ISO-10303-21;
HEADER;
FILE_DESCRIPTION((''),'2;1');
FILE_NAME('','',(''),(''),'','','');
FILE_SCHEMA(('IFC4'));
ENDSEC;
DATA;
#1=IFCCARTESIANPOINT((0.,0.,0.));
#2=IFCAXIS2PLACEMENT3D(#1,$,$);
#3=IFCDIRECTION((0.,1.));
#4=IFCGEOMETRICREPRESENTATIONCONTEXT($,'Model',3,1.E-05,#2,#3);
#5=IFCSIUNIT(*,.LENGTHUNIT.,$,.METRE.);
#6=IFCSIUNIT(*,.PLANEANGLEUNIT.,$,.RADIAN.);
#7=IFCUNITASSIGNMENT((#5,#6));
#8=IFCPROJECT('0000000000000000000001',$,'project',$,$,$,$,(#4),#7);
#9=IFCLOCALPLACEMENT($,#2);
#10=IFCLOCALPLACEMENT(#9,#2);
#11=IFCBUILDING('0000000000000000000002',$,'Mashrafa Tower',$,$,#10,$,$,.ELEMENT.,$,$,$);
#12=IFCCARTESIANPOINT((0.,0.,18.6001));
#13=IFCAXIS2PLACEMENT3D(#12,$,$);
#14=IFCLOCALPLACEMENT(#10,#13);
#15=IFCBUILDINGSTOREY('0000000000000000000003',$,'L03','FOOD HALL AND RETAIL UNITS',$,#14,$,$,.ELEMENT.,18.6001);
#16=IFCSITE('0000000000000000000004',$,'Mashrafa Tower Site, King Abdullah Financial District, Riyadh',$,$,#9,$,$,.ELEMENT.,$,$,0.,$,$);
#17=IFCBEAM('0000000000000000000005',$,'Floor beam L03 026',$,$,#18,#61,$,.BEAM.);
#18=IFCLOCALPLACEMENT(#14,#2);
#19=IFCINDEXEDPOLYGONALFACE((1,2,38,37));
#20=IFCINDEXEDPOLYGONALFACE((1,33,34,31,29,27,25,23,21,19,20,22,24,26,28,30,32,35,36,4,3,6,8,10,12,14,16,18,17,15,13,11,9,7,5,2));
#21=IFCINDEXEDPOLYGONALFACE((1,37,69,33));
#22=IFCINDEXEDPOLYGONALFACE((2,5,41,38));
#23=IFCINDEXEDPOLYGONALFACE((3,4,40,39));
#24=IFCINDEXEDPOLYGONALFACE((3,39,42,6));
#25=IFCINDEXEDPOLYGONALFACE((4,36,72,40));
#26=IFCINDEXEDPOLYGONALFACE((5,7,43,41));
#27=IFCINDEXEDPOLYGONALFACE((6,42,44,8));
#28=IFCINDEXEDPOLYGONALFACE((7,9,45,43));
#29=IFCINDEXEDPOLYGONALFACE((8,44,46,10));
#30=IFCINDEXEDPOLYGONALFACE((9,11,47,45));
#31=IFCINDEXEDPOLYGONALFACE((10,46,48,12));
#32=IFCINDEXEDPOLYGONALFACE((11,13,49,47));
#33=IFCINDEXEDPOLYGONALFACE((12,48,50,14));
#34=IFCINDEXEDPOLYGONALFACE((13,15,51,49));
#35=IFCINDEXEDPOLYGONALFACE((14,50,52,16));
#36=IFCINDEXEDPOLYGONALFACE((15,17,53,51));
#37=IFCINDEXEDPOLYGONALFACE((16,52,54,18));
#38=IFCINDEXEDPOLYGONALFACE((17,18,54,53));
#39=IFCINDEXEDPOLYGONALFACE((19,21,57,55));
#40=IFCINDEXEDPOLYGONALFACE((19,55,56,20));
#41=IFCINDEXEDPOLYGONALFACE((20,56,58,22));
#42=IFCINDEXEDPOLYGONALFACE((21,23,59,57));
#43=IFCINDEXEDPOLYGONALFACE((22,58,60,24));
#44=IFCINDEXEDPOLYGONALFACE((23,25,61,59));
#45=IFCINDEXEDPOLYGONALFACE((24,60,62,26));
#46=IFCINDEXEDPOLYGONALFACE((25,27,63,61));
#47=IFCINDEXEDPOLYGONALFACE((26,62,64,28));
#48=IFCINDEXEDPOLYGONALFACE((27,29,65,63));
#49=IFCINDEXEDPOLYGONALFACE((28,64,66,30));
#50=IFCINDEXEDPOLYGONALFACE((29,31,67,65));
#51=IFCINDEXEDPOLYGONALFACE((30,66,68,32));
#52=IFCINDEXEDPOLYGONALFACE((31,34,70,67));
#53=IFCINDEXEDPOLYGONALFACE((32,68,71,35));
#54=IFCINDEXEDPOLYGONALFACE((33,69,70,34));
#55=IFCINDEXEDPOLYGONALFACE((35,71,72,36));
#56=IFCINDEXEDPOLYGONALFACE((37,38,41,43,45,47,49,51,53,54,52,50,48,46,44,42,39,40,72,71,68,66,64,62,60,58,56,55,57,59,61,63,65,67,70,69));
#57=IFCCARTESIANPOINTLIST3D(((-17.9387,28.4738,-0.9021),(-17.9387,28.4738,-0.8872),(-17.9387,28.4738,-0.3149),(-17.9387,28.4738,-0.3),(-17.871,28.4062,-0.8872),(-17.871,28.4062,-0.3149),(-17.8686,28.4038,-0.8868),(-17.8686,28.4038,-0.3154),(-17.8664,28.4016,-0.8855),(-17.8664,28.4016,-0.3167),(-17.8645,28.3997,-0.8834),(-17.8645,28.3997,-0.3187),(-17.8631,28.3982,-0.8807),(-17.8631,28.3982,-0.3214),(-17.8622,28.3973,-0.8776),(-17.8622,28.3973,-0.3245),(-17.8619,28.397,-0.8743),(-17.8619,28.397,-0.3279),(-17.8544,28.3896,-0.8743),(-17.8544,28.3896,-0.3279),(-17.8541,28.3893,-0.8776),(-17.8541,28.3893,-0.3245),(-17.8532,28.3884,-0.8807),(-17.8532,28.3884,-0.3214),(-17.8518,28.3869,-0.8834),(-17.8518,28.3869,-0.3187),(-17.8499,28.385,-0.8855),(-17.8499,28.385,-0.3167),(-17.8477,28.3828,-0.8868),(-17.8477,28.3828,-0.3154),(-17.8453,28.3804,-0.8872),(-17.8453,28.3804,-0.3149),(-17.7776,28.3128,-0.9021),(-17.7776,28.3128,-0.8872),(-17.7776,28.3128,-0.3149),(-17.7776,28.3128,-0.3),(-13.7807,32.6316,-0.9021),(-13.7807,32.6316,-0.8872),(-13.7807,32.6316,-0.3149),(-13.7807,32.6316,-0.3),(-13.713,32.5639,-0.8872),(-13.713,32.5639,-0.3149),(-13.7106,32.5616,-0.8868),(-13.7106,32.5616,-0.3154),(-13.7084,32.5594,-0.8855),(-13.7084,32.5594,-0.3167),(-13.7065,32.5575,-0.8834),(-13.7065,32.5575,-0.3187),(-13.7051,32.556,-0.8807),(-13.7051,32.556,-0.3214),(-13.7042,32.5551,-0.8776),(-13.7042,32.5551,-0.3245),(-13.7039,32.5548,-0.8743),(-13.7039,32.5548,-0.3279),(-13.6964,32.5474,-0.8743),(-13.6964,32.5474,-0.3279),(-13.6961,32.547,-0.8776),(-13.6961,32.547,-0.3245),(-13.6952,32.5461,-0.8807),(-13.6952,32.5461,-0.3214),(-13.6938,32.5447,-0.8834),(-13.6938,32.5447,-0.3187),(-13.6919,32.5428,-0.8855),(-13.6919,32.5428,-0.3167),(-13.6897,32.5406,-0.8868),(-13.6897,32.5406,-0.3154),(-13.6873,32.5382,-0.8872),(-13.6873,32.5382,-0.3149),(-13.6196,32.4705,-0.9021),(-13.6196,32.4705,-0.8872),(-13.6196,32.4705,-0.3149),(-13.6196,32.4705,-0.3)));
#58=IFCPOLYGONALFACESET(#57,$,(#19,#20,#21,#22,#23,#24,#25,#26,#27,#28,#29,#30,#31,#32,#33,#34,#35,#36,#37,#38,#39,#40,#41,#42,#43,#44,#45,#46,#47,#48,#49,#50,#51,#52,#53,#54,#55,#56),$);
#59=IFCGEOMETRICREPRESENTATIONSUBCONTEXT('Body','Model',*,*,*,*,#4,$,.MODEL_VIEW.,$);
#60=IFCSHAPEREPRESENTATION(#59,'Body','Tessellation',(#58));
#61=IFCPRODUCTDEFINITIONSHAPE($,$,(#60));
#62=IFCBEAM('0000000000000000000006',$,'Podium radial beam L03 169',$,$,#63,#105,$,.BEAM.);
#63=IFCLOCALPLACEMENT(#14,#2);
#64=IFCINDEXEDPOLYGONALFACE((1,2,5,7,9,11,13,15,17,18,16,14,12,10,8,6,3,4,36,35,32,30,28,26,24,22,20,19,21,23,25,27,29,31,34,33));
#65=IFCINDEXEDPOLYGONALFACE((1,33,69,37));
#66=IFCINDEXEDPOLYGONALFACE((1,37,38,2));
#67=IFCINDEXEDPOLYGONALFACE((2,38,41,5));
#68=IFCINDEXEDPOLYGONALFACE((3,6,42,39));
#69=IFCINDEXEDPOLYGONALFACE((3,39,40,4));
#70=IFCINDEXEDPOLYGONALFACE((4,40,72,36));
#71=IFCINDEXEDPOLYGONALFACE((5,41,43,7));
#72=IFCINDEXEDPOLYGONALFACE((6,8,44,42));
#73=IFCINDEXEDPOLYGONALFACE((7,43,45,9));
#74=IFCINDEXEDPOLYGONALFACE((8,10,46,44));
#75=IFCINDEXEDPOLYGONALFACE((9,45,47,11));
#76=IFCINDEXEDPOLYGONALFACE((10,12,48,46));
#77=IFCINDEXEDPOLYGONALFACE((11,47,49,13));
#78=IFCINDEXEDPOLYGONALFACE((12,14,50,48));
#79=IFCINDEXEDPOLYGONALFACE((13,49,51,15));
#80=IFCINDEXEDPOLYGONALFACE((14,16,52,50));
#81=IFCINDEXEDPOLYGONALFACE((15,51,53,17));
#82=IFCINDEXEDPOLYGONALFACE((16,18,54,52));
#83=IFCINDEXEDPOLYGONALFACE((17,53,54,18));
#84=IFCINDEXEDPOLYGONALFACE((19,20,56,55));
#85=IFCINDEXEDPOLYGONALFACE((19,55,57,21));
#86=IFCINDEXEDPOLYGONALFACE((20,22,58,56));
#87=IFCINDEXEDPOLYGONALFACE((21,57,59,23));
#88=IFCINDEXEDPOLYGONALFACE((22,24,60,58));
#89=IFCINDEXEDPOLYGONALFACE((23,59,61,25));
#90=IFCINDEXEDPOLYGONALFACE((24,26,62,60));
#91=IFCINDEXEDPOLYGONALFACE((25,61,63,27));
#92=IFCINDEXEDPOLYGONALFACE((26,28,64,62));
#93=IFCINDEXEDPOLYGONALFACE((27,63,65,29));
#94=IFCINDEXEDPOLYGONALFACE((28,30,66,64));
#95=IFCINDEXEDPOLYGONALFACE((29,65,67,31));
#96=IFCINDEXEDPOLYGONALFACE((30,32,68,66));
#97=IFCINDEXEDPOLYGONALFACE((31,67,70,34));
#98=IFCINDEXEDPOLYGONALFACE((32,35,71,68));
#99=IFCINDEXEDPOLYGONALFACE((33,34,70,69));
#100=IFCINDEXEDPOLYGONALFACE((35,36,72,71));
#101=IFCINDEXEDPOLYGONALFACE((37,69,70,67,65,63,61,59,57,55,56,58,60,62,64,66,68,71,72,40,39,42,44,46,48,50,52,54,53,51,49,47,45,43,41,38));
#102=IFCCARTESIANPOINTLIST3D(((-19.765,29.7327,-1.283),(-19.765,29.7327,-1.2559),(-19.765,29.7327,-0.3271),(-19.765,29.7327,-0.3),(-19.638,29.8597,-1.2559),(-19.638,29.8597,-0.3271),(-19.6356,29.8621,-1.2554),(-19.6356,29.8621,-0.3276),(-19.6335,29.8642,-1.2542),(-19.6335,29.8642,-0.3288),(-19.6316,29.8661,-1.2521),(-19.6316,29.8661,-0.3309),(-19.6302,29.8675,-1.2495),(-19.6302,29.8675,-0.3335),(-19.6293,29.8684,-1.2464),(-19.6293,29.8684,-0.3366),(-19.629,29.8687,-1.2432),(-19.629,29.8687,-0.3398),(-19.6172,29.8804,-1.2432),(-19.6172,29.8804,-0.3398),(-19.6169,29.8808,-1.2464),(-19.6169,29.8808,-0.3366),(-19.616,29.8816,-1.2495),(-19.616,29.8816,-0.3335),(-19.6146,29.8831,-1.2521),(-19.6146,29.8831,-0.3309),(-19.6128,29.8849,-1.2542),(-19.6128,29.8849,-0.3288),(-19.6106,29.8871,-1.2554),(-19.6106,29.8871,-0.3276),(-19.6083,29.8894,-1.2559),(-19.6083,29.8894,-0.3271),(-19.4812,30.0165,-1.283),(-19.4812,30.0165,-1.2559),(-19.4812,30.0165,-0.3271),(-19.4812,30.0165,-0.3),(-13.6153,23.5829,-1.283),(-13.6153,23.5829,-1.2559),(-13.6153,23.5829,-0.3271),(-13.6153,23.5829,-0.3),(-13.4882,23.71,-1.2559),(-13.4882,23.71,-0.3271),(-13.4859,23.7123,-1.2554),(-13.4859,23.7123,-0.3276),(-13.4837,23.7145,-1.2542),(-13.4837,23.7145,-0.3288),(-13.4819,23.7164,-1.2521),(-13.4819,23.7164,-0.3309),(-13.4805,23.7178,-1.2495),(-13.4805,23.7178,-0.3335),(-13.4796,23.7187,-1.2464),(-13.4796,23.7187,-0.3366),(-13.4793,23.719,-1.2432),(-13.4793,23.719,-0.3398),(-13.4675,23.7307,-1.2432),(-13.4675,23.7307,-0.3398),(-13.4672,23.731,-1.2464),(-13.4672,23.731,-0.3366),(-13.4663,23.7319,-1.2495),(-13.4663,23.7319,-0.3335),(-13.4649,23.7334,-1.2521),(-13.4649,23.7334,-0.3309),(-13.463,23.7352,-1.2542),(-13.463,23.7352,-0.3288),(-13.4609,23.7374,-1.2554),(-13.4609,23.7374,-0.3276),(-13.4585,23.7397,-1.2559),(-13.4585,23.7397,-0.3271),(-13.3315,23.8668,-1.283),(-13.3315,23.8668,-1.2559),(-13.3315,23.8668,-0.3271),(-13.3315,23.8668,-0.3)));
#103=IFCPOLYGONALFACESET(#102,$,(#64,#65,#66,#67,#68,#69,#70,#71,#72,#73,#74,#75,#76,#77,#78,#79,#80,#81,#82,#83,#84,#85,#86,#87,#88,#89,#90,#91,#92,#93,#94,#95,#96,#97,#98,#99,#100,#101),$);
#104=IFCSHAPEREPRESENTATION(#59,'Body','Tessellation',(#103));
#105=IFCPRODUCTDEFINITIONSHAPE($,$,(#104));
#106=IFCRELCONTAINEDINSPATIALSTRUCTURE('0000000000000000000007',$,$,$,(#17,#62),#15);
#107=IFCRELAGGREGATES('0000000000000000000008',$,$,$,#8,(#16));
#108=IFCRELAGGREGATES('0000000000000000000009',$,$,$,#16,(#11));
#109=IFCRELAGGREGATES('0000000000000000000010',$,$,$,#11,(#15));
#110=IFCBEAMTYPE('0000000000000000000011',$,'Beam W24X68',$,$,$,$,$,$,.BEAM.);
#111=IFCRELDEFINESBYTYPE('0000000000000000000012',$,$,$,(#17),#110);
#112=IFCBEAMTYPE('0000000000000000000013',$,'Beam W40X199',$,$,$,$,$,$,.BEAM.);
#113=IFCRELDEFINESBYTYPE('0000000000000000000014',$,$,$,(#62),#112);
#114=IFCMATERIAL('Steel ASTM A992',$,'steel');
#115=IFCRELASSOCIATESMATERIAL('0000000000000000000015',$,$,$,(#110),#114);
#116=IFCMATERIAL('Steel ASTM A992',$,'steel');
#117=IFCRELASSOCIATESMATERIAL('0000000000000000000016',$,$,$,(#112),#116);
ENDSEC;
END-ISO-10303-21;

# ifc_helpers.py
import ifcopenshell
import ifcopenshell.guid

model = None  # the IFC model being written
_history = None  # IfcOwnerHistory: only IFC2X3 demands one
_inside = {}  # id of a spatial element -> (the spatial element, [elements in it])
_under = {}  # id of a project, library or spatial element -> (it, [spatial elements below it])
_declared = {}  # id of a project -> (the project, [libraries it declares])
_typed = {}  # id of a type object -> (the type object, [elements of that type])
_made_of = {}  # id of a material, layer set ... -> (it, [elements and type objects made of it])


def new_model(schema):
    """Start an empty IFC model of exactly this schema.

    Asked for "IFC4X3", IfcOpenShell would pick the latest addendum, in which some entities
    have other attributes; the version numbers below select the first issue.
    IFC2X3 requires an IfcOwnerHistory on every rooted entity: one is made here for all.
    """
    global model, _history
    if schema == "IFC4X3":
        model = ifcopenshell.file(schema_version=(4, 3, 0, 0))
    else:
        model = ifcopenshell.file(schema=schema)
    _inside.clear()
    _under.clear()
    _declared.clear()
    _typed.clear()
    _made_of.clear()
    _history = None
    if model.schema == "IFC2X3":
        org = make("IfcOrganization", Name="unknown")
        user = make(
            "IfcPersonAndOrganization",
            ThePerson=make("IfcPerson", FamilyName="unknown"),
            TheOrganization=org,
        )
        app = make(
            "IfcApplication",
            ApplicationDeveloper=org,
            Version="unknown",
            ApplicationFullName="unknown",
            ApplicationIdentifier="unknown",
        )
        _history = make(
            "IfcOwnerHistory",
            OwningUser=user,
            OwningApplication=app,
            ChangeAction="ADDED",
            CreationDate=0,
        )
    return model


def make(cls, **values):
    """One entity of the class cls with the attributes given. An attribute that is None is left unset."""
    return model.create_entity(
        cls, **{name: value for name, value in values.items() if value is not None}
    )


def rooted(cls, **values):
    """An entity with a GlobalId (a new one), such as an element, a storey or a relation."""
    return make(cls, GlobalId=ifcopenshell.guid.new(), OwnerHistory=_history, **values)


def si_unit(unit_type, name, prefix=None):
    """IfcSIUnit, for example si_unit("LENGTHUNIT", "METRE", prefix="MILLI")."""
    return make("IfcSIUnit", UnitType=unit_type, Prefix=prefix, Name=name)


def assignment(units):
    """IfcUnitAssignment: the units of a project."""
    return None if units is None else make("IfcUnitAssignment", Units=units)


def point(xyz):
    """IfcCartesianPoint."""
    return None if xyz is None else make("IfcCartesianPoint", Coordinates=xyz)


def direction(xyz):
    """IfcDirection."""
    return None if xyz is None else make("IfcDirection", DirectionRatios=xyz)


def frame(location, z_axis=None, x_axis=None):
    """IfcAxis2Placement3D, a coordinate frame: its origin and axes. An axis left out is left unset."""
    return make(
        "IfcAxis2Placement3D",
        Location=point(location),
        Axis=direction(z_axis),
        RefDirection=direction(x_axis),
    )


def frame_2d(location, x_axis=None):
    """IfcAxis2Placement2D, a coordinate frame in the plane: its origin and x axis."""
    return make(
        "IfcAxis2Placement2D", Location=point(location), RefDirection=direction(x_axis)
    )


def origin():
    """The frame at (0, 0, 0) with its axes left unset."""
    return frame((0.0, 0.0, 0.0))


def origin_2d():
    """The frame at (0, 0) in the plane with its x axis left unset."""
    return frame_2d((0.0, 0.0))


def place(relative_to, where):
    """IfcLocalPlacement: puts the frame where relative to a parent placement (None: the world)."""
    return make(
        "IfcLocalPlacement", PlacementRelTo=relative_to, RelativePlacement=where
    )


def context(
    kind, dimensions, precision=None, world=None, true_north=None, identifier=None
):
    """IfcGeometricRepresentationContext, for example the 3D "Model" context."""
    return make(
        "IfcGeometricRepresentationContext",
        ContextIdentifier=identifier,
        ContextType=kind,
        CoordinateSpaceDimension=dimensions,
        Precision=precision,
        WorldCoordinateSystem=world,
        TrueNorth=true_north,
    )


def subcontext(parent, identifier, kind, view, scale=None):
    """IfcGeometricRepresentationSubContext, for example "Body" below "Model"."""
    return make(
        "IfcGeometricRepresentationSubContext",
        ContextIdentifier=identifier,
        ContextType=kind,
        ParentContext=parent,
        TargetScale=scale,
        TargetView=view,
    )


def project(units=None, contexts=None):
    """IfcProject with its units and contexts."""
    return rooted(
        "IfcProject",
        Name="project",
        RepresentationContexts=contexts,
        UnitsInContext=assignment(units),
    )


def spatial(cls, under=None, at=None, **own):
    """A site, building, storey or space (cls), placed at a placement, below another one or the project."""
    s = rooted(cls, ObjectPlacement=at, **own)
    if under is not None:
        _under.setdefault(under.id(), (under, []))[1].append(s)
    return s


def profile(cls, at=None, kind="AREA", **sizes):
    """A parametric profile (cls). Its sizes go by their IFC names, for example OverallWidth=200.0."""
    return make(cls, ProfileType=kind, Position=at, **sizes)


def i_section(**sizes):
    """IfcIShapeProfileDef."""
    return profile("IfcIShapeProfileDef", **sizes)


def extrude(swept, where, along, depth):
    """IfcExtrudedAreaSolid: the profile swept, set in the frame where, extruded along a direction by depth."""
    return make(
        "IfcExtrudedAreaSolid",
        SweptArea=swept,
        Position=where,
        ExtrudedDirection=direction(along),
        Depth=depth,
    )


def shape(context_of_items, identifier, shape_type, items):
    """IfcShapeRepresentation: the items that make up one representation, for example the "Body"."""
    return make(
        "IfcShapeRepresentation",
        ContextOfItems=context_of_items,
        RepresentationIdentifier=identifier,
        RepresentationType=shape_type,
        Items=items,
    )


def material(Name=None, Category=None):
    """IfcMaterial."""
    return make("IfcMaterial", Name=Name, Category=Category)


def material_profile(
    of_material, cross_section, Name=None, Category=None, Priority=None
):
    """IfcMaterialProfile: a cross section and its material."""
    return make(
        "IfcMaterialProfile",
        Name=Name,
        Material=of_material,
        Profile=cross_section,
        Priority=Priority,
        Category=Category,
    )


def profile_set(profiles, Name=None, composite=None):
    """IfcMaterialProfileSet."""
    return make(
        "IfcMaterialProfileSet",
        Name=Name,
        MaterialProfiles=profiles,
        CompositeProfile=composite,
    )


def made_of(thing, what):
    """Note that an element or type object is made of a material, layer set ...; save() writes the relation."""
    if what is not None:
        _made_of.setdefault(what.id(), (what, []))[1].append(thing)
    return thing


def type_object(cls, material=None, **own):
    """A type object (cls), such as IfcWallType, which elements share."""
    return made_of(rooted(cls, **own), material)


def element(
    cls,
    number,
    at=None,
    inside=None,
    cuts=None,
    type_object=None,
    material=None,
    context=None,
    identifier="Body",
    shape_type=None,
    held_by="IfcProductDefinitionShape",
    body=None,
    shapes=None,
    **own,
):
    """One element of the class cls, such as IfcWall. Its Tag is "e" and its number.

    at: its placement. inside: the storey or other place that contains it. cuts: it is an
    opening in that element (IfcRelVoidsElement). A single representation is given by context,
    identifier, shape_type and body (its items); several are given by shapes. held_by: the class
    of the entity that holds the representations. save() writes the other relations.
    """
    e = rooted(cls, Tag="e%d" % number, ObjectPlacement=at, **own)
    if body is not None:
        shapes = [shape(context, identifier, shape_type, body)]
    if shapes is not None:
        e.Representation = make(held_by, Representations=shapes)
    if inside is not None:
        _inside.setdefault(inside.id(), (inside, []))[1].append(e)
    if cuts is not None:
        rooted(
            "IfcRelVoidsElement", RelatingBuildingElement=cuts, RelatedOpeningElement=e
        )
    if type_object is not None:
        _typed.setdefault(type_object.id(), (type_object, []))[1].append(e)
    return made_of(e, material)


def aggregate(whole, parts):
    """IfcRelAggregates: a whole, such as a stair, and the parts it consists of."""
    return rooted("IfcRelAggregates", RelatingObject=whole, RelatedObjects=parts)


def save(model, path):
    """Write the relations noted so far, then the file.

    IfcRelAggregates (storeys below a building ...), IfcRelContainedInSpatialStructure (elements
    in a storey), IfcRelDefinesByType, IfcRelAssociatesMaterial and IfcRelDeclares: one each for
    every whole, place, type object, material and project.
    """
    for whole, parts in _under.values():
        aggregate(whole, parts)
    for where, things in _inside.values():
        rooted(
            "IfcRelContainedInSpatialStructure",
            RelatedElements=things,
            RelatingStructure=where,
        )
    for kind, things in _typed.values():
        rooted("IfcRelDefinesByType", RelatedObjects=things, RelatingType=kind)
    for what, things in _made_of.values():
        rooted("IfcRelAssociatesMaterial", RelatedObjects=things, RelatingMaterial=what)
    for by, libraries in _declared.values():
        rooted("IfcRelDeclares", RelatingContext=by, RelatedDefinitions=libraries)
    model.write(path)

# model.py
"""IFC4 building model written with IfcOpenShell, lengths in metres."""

from ifc_helpers import new_model, si_unit, direction, frame, origin, origin_2d, place, context, subcontext, project, spatial, i_section, extrude, material, material_profile, profile_set, type_object, element, save


model = new_model("IFC4")

# Units and contexts
model_context = context("Model", 3, precision=1e-05, world=origin(), true_north=direction((0.0, 1.0)))
body_context = subcontext(model_context, "Body", "Model", "MODEL_VIEW")
ifc_project = project(units=[si_unit("LENGTHUNIT", "METRE"), si_unit("PLANEANGLEUNIT", "RADIAN")], contexts=[model_context])

# Site, building, storey
site_placement = place(None, origin())
site = spatial("IfcSite", under=ifc_project, at=site_placement, Name="Mashrafa Tower Site, King Abdullah Financial District, Riyadh", CompositionType="ELEMENT", RefElevation=0.0)
building_placement = place(site_placement, origin())
building = spatial("IfcBuilding", under=site, at=building_placement, Name="Mashrafa Tower", CompositionType="ELEMENT")
storey_placement = place(building_placement, frame((0.0, 0.0, 18.6001)))
storey = spatial("IfcBuildingStorey", under=building, at=storey_placement, Name="L03", Description="FOOD HALL AND RETAIL UNITS", CompositionType="ELEMENT", Elevation=18.6001)

# Beams
ifc_material_1 = material(Name="Steel ASTM A992", Category="steel")
ifc_material_profile_1 = material_profile(ifc_material_1, i_section(OverallWidth=0.2278, OverallDepth=0.6021, WebThickness=0.0105, FlangeThickness=0.0149, FilletRadius=0.0129, at=origin_2d()), Name="W24X68")
ifc_profile_set_1 = profile_set([ifc_material_profile_1], Name="Steel ASTM A992")
beam_type_1 = type_object("IfcBeamType", Name="Beam W24X68", PredefinedType="BEAM", material=ifc_profile_set_1)
beam_1_placement = place(storey_placement, frame((-17.8582, 28.3933, -0.6011), z_axis=(0.707128, 0.707086, 0.0), x_axis=(-0.707086, 0.707128, 0.0)))
element("IfcBeam", 1, at=beam_1_placement, inside=storey, type_object=beam_type_1, Name="Floor beam L03 026", PredefinedType="BEAM", context=body_context, shape_type="SweptSolid", body=[
    extrude(i_section(OverallWidth=0.2278, OverallDepth=0.6021, WebThickness=0.0105, FlangeThickness=0.0149, FilletRadius=0.0129, at=origin_2d()), origin(), (0.0, 0.0, 1.0), 5.8801),
])
ifc_material_2 = material(Name="Steel ASTM A992", Category="steel")
ifc_material_profile_2 = material_profile(ifc_material_2, i_section(OverallWidth=0.4014, OverallDepth=0.9829, WebThickness=0.0166, FlangeThickness=0.0271, FilletRadius=0.0127, at=origin_2d()), Name="W40X199")
ifc_profile_set_2 = profile_set([ifc_material_profile_2], Name="Steel ASTM A992")
beam_type_2 = type_object("IfcBeamType", Name="Beam W40X199", PredefinedType="BEAM", material=ifc_profile_set_2)
beam_2_placement = place(storey_placement, frame((-13.4734, 23.7249, -0.7915), z_axis=(-0.707107, 0.707107, 0.0), x_axis=(-0.707107, -0.707107, 0.0)))
element("IfcBeam", 2, at=beam_2_placement, inside=storey, type_object=beam_type_2, Name="Podium radial beam L03 169", PredefinedType="BEAM", context=body_context, shape_type="SweptSolid", body=[
    extrude(i_section(OverallWidth=0.4014, OverallDepth=0.9829, WebThickness=0.0166, FlangeThickness=0.0271, FilletRadius=0.0127, at=origin_2d()), origin(), (0.0, 0.0, 1.0), 8.697),
])

save(model, "model.ifc")
